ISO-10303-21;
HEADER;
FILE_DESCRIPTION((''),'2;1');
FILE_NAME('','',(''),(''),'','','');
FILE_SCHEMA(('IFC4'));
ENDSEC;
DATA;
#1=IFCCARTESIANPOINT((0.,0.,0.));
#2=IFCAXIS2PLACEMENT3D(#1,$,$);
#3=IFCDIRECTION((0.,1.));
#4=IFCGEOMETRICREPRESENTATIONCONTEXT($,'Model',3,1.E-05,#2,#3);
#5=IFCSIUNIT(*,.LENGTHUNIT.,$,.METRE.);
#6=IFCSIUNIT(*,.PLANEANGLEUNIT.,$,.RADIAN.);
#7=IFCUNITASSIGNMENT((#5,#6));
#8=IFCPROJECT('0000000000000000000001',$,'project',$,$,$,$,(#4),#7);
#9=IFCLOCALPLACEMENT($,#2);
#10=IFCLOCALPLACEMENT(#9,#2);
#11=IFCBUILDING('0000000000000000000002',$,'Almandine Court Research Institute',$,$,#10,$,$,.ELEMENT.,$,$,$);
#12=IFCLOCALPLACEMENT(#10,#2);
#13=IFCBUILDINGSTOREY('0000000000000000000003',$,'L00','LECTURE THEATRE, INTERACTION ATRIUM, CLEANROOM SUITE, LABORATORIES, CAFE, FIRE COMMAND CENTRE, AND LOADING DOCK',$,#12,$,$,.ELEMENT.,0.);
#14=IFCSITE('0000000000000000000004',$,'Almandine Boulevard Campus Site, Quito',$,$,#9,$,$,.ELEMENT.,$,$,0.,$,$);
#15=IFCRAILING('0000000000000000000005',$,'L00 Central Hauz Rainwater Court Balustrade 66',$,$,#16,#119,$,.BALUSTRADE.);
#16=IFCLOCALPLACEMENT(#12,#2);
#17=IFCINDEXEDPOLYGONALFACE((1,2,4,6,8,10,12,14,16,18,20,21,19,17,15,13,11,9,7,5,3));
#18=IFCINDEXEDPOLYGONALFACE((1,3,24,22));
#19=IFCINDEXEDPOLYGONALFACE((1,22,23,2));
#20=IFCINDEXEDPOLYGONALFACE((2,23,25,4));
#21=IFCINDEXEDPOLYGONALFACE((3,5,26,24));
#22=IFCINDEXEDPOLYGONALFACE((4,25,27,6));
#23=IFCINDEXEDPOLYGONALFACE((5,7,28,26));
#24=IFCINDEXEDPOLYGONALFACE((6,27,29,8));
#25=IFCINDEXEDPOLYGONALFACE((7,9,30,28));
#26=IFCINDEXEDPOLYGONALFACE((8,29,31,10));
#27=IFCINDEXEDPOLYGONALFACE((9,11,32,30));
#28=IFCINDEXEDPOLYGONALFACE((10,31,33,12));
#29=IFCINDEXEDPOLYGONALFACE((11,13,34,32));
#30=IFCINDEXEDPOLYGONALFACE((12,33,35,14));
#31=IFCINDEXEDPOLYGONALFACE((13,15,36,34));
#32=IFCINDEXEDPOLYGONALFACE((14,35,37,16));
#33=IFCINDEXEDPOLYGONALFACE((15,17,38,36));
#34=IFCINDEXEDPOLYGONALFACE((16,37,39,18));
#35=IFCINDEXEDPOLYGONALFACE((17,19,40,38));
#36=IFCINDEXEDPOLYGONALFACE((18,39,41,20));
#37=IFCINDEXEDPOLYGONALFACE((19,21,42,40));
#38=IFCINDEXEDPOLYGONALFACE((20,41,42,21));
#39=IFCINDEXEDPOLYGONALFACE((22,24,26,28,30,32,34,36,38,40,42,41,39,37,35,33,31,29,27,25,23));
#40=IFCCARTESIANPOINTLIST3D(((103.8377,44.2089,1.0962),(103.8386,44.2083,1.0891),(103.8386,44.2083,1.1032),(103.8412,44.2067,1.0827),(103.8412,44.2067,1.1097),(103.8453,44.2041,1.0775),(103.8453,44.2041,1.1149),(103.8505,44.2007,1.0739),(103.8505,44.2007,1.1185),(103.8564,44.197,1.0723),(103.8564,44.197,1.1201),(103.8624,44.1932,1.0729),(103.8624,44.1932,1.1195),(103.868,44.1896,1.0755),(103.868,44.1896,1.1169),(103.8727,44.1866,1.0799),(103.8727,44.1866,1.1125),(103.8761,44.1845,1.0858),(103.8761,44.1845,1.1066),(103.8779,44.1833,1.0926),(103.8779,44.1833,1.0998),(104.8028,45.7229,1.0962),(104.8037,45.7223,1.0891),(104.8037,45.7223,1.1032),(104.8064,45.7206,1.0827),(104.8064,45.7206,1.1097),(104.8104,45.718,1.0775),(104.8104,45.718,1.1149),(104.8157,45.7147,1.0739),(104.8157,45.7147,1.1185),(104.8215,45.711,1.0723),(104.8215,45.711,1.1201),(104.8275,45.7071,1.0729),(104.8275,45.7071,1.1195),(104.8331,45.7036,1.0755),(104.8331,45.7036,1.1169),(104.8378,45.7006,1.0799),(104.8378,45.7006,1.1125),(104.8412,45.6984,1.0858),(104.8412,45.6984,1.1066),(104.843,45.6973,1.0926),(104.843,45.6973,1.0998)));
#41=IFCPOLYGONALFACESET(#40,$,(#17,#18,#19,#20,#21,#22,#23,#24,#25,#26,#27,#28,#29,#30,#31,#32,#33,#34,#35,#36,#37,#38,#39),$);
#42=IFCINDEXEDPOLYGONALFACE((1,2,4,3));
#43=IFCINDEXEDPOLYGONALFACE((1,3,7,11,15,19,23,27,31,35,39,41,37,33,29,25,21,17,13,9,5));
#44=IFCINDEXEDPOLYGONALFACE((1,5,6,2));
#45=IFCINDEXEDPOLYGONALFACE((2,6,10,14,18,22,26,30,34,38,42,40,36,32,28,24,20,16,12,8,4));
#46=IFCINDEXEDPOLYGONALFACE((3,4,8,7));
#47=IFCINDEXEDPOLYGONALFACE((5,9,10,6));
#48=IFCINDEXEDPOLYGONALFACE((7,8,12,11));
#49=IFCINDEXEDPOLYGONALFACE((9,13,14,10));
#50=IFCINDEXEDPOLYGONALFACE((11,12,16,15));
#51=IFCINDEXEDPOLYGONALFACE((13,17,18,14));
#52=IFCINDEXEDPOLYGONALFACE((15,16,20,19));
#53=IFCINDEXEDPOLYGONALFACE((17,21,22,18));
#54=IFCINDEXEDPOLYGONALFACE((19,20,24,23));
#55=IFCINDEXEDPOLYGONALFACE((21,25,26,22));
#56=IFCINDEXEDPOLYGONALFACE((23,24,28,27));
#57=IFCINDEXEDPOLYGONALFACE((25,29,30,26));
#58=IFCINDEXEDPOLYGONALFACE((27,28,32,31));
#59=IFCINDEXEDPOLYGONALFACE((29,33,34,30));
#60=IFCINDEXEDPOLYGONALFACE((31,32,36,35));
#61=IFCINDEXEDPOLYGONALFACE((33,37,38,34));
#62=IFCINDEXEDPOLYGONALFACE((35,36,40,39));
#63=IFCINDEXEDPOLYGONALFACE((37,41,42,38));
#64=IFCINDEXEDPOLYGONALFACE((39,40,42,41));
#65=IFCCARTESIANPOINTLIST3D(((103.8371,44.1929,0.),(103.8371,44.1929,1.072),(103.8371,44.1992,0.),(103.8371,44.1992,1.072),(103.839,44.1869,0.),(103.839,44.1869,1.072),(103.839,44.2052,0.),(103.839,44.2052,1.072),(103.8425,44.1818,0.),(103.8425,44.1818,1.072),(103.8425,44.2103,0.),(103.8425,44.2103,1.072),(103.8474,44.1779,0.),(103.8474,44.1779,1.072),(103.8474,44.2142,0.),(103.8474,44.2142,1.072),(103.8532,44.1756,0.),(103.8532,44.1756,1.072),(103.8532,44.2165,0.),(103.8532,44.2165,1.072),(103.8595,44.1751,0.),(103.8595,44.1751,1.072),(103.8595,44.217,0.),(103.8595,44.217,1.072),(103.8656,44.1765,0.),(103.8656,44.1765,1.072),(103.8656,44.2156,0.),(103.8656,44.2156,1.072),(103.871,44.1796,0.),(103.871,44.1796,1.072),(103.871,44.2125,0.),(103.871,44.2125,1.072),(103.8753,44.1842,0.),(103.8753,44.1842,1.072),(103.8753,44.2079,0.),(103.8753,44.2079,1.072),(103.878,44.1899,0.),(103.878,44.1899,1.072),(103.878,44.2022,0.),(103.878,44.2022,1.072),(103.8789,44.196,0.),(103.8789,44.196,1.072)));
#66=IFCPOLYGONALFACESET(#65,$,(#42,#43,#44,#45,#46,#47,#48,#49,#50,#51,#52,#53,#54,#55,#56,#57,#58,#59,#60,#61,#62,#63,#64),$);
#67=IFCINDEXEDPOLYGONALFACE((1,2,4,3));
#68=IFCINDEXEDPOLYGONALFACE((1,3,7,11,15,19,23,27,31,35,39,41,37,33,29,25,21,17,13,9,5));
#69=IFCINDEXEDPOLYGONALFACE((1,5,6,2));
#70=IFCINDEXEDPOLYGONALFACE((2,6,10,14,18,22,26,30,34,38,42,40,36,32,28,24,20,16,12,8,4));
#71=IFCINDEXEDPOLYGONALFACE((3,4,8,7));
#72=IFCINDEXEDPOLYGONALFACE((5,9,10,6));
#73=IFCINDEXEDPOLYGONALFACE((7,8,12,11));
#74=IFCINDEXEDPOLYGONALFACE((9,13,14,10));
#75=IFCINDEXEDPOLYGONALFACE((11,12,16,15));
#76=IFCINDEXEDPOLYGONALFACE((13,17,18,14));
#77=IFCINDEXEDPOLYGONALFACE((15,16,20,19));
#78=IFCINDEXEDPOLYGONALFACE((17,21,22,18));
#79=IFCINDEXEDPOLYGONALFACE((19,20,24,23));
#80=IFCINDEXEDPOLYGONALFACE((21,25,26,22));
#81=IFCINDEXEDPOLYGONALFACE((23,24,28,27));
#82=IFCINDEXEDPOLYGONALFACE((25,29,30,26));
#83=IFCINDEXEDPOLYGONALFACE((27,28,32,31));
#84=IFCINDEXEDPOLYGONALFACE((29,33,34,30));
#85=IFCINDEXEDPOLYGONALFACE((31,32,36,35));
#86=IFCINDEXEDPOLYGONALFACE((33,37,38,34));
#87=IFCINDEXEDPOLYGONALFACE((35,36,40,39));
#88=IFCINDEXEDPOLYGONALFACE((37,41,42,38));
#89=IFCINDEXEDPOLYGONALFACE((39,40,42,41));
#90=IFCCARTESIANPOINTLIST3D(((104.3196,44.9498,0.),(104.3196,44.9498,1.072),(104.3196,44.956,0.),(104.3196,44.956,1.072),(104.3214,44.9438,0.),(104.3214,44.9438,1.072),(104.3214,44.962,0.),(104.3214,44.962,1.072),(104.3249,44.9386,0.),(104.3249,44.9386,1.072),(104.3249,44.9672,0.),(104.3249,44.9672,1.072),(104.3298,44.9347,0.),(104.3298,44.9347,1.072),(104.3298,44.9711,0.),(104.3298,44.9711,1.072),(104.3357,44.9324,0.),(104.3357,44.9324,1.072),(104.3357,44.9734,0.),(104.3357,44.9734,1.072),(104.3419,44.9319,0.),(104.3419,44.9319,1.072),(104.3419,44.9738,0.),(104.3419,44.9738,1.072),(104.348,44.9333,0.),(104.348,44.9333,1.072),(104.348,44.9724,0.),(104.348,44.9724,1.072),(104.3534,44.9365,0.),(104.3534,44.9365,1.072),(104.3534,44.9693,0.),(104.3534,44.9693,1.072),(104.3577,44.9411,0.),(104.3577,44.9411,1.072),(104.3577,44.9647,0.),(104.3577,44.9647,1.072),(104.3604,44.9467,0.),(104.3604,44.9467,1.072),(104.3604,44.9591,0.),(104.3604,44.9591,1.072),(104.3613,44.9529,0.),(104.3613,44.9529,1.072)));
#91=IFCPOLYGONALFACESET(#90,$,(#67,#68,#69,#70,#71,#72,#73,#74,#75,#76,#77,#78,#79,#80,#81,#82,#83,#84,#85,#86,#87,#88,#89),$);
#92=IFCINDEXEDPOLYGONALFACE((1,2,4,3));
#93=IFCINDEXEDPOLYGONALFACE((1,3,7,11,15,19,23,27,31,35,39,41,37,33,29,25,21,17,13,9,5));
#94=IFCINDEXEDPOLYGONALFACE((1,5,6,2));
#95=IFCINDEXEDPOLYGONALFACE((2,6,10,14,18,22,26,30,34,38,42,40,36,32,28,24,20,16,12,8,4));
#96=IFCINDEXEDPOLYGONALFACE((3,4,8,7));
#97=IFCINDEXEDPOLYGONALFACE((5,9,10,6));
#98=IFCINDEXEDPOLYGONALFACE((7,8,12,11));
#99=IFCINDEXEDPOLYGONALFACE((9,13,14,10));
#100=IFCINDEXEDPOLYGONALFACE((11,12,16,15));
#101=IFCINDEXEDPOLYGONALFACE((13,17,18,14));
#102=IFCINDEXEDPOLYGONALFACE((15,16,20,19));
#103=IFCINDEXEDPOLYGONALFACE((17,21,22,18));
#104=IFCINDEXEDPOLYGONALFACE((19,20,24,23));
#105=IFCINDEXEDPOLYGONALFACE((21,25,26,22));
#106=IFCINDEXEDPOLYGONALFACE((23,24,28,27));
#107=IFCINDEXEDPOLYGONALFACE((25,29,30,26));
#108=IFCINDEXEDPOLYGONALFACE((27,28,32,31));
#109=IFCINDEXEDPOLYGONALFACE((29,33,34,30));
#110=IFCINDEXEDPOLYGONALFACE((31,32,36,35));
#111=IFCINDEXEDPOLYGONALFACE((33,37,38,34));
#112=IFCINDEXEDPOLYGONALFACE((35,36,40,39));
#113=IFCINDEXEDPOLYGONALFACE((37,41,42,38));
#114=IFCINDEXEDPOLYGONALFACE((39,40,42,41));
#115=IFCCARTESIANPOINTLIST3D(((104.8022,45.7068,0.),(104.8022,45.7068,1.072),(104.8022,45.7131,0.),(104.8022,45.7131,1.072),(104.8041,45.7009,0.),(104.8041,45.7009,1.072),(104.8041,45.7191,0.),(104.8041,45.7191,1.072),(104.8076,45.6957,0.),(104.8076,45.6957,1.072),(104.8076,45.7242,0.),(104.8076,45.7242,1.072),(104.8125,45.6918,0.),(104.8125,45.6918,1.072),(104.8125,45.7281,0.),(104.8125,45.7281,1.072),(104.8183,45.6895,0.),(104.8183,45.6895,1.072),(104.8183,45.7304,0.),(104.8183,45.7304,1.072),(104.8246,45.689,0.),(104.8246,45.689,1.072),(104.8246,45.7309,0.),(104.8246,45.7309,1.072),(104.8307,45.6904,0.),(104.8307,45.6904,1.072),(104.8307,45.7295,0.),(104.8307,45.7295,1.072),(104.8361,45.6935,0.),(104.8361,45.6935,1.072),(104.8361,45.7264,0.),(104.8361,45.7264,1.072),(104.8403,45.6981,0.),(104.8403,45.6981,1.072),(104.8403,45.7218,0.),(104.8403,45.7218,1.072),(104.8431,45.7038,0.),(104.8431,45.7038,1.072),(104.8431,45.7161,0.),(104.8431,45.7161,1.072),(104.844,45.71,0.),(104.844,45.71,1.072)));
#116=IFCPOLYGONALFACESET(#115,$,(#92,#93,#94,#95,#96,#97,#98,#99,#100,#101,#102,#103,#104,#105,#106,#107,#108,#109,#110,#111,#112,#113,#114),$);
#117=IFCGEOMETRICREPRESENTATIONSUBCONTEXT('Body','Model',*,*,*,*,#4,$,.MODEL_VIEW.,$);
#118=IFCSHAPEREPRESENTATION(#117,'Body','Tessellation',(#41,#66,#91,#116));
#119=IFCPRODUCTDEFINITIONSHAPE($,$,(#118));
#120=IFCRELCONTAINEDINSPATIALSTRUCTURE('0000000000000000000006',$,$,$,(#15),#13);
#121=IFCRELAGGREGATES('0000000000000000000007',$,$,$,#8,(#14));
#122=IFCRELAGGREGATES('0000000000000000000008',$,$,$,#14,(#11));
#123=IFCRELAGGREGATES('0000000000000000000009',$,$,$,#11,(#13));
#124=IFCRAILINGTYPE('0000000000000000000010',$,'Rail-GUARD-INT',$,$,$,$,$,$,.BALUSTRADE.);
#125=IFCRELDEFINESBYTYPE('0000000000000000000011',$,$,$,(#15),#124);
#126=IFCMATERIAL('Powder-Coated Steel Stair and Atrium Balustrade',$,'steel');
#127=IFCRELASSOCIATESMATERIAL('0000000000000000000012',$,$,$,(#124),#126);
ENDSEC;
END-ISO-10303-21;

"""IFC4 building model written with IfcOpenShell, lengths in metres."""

from ifc_helpers import new_model, si_unit, direction, frame, origin, origin_2d, place, context, subcontext, project, spatial, circle, extrude, material, type_object, element, save


model = new_model("IFC4")

# Units and contexts
model_context = context("Model", 3, precision=1e-05, world=origin(), true_north=direction((0.0, 1.0)))
body_context = subcontext(model_context, "Body", "Model", "MODEL_VIEW")
ifc_project = project(units=[si_unit("LENGTHUNIT", "METRE"), si_unit("PLANEANGLEUNIT", "RADIAN")], contexts=[model_context])

# Site, building, storey
site_placement = place(None, origin())
site = spatial("IfcSite", under=ifc_project, at=site_placement, Name="Almandine Boulevard Campus Site, Quito", CompositionType="ELEMENT", RefElevation=0.0)
building_placement = place(site_placement, origin())
building = spatial("IfcBuilding", under=site, at=building_placement, Name="Almandine Court Research Institute", CompositionType="ELEMENT")
storey_placement = place(building_placement, origin())
storey = spatial("IfcBuildingStorey", under=building, at=storey_placement, Name="L00", Description="LECTURE THEATRE, INTERACTION ATRIUM, CLEANROOM SUITE, LABORATORIES, CAFE, FIRE COMMAND CENTRE, AND LOADING DOCK", CompositionType="ELEMENT", Elevation=0.0)

# Railing
ifc_material_1 = material(Name="Powder-Coated Steel Stair and Atrium Balustrade", Category="steel")
railing_type = type_object("IfcRailingType", Name="Rail-GUARD-INT", PredefinedType="BALUSTRADE", material=ifc_material_1)
railing_1_placement = place(storey_placement, frame((103.8579, 44.196, 0.0)))
element("IfcRailing", 1, at=railing_1_placement, inside=storey, type_object=railing_type, Name="L00 Central Hauz Rainwater Court Balustrade 66", PredefinedType="BALUSTRADE", context=body_context, shape_type="SweptSolid", body=[
    extrude(circle(Radius=0.0239, at=origin_2d()), frame((0.0, 0.0, 1.0962), z_axis=(0.537544, 0.843236, 0.0), x_axis=(-0.843236, 0.537544, 0.0)), (0.0, 0.0, 1.0), 1.7954),
    extrude(circle(Radius=0.021, at=origin_2d()), origin(), (0.0, 0.0, 1.0), 1.072),
    extrude(circle(Radius=0.021, at=origin_2d()), frame((0.4824, 0.7568, 0.0)), (0.0, 0.0, 1.0), 1.072),
    extrude(circle(Radius=0.021, at=origin_2d()), frame((0.9651, 1.5139, 0.0)), (0.0, 0.0, 1.0), 1.072),
])

save(model, "model.ifc")
